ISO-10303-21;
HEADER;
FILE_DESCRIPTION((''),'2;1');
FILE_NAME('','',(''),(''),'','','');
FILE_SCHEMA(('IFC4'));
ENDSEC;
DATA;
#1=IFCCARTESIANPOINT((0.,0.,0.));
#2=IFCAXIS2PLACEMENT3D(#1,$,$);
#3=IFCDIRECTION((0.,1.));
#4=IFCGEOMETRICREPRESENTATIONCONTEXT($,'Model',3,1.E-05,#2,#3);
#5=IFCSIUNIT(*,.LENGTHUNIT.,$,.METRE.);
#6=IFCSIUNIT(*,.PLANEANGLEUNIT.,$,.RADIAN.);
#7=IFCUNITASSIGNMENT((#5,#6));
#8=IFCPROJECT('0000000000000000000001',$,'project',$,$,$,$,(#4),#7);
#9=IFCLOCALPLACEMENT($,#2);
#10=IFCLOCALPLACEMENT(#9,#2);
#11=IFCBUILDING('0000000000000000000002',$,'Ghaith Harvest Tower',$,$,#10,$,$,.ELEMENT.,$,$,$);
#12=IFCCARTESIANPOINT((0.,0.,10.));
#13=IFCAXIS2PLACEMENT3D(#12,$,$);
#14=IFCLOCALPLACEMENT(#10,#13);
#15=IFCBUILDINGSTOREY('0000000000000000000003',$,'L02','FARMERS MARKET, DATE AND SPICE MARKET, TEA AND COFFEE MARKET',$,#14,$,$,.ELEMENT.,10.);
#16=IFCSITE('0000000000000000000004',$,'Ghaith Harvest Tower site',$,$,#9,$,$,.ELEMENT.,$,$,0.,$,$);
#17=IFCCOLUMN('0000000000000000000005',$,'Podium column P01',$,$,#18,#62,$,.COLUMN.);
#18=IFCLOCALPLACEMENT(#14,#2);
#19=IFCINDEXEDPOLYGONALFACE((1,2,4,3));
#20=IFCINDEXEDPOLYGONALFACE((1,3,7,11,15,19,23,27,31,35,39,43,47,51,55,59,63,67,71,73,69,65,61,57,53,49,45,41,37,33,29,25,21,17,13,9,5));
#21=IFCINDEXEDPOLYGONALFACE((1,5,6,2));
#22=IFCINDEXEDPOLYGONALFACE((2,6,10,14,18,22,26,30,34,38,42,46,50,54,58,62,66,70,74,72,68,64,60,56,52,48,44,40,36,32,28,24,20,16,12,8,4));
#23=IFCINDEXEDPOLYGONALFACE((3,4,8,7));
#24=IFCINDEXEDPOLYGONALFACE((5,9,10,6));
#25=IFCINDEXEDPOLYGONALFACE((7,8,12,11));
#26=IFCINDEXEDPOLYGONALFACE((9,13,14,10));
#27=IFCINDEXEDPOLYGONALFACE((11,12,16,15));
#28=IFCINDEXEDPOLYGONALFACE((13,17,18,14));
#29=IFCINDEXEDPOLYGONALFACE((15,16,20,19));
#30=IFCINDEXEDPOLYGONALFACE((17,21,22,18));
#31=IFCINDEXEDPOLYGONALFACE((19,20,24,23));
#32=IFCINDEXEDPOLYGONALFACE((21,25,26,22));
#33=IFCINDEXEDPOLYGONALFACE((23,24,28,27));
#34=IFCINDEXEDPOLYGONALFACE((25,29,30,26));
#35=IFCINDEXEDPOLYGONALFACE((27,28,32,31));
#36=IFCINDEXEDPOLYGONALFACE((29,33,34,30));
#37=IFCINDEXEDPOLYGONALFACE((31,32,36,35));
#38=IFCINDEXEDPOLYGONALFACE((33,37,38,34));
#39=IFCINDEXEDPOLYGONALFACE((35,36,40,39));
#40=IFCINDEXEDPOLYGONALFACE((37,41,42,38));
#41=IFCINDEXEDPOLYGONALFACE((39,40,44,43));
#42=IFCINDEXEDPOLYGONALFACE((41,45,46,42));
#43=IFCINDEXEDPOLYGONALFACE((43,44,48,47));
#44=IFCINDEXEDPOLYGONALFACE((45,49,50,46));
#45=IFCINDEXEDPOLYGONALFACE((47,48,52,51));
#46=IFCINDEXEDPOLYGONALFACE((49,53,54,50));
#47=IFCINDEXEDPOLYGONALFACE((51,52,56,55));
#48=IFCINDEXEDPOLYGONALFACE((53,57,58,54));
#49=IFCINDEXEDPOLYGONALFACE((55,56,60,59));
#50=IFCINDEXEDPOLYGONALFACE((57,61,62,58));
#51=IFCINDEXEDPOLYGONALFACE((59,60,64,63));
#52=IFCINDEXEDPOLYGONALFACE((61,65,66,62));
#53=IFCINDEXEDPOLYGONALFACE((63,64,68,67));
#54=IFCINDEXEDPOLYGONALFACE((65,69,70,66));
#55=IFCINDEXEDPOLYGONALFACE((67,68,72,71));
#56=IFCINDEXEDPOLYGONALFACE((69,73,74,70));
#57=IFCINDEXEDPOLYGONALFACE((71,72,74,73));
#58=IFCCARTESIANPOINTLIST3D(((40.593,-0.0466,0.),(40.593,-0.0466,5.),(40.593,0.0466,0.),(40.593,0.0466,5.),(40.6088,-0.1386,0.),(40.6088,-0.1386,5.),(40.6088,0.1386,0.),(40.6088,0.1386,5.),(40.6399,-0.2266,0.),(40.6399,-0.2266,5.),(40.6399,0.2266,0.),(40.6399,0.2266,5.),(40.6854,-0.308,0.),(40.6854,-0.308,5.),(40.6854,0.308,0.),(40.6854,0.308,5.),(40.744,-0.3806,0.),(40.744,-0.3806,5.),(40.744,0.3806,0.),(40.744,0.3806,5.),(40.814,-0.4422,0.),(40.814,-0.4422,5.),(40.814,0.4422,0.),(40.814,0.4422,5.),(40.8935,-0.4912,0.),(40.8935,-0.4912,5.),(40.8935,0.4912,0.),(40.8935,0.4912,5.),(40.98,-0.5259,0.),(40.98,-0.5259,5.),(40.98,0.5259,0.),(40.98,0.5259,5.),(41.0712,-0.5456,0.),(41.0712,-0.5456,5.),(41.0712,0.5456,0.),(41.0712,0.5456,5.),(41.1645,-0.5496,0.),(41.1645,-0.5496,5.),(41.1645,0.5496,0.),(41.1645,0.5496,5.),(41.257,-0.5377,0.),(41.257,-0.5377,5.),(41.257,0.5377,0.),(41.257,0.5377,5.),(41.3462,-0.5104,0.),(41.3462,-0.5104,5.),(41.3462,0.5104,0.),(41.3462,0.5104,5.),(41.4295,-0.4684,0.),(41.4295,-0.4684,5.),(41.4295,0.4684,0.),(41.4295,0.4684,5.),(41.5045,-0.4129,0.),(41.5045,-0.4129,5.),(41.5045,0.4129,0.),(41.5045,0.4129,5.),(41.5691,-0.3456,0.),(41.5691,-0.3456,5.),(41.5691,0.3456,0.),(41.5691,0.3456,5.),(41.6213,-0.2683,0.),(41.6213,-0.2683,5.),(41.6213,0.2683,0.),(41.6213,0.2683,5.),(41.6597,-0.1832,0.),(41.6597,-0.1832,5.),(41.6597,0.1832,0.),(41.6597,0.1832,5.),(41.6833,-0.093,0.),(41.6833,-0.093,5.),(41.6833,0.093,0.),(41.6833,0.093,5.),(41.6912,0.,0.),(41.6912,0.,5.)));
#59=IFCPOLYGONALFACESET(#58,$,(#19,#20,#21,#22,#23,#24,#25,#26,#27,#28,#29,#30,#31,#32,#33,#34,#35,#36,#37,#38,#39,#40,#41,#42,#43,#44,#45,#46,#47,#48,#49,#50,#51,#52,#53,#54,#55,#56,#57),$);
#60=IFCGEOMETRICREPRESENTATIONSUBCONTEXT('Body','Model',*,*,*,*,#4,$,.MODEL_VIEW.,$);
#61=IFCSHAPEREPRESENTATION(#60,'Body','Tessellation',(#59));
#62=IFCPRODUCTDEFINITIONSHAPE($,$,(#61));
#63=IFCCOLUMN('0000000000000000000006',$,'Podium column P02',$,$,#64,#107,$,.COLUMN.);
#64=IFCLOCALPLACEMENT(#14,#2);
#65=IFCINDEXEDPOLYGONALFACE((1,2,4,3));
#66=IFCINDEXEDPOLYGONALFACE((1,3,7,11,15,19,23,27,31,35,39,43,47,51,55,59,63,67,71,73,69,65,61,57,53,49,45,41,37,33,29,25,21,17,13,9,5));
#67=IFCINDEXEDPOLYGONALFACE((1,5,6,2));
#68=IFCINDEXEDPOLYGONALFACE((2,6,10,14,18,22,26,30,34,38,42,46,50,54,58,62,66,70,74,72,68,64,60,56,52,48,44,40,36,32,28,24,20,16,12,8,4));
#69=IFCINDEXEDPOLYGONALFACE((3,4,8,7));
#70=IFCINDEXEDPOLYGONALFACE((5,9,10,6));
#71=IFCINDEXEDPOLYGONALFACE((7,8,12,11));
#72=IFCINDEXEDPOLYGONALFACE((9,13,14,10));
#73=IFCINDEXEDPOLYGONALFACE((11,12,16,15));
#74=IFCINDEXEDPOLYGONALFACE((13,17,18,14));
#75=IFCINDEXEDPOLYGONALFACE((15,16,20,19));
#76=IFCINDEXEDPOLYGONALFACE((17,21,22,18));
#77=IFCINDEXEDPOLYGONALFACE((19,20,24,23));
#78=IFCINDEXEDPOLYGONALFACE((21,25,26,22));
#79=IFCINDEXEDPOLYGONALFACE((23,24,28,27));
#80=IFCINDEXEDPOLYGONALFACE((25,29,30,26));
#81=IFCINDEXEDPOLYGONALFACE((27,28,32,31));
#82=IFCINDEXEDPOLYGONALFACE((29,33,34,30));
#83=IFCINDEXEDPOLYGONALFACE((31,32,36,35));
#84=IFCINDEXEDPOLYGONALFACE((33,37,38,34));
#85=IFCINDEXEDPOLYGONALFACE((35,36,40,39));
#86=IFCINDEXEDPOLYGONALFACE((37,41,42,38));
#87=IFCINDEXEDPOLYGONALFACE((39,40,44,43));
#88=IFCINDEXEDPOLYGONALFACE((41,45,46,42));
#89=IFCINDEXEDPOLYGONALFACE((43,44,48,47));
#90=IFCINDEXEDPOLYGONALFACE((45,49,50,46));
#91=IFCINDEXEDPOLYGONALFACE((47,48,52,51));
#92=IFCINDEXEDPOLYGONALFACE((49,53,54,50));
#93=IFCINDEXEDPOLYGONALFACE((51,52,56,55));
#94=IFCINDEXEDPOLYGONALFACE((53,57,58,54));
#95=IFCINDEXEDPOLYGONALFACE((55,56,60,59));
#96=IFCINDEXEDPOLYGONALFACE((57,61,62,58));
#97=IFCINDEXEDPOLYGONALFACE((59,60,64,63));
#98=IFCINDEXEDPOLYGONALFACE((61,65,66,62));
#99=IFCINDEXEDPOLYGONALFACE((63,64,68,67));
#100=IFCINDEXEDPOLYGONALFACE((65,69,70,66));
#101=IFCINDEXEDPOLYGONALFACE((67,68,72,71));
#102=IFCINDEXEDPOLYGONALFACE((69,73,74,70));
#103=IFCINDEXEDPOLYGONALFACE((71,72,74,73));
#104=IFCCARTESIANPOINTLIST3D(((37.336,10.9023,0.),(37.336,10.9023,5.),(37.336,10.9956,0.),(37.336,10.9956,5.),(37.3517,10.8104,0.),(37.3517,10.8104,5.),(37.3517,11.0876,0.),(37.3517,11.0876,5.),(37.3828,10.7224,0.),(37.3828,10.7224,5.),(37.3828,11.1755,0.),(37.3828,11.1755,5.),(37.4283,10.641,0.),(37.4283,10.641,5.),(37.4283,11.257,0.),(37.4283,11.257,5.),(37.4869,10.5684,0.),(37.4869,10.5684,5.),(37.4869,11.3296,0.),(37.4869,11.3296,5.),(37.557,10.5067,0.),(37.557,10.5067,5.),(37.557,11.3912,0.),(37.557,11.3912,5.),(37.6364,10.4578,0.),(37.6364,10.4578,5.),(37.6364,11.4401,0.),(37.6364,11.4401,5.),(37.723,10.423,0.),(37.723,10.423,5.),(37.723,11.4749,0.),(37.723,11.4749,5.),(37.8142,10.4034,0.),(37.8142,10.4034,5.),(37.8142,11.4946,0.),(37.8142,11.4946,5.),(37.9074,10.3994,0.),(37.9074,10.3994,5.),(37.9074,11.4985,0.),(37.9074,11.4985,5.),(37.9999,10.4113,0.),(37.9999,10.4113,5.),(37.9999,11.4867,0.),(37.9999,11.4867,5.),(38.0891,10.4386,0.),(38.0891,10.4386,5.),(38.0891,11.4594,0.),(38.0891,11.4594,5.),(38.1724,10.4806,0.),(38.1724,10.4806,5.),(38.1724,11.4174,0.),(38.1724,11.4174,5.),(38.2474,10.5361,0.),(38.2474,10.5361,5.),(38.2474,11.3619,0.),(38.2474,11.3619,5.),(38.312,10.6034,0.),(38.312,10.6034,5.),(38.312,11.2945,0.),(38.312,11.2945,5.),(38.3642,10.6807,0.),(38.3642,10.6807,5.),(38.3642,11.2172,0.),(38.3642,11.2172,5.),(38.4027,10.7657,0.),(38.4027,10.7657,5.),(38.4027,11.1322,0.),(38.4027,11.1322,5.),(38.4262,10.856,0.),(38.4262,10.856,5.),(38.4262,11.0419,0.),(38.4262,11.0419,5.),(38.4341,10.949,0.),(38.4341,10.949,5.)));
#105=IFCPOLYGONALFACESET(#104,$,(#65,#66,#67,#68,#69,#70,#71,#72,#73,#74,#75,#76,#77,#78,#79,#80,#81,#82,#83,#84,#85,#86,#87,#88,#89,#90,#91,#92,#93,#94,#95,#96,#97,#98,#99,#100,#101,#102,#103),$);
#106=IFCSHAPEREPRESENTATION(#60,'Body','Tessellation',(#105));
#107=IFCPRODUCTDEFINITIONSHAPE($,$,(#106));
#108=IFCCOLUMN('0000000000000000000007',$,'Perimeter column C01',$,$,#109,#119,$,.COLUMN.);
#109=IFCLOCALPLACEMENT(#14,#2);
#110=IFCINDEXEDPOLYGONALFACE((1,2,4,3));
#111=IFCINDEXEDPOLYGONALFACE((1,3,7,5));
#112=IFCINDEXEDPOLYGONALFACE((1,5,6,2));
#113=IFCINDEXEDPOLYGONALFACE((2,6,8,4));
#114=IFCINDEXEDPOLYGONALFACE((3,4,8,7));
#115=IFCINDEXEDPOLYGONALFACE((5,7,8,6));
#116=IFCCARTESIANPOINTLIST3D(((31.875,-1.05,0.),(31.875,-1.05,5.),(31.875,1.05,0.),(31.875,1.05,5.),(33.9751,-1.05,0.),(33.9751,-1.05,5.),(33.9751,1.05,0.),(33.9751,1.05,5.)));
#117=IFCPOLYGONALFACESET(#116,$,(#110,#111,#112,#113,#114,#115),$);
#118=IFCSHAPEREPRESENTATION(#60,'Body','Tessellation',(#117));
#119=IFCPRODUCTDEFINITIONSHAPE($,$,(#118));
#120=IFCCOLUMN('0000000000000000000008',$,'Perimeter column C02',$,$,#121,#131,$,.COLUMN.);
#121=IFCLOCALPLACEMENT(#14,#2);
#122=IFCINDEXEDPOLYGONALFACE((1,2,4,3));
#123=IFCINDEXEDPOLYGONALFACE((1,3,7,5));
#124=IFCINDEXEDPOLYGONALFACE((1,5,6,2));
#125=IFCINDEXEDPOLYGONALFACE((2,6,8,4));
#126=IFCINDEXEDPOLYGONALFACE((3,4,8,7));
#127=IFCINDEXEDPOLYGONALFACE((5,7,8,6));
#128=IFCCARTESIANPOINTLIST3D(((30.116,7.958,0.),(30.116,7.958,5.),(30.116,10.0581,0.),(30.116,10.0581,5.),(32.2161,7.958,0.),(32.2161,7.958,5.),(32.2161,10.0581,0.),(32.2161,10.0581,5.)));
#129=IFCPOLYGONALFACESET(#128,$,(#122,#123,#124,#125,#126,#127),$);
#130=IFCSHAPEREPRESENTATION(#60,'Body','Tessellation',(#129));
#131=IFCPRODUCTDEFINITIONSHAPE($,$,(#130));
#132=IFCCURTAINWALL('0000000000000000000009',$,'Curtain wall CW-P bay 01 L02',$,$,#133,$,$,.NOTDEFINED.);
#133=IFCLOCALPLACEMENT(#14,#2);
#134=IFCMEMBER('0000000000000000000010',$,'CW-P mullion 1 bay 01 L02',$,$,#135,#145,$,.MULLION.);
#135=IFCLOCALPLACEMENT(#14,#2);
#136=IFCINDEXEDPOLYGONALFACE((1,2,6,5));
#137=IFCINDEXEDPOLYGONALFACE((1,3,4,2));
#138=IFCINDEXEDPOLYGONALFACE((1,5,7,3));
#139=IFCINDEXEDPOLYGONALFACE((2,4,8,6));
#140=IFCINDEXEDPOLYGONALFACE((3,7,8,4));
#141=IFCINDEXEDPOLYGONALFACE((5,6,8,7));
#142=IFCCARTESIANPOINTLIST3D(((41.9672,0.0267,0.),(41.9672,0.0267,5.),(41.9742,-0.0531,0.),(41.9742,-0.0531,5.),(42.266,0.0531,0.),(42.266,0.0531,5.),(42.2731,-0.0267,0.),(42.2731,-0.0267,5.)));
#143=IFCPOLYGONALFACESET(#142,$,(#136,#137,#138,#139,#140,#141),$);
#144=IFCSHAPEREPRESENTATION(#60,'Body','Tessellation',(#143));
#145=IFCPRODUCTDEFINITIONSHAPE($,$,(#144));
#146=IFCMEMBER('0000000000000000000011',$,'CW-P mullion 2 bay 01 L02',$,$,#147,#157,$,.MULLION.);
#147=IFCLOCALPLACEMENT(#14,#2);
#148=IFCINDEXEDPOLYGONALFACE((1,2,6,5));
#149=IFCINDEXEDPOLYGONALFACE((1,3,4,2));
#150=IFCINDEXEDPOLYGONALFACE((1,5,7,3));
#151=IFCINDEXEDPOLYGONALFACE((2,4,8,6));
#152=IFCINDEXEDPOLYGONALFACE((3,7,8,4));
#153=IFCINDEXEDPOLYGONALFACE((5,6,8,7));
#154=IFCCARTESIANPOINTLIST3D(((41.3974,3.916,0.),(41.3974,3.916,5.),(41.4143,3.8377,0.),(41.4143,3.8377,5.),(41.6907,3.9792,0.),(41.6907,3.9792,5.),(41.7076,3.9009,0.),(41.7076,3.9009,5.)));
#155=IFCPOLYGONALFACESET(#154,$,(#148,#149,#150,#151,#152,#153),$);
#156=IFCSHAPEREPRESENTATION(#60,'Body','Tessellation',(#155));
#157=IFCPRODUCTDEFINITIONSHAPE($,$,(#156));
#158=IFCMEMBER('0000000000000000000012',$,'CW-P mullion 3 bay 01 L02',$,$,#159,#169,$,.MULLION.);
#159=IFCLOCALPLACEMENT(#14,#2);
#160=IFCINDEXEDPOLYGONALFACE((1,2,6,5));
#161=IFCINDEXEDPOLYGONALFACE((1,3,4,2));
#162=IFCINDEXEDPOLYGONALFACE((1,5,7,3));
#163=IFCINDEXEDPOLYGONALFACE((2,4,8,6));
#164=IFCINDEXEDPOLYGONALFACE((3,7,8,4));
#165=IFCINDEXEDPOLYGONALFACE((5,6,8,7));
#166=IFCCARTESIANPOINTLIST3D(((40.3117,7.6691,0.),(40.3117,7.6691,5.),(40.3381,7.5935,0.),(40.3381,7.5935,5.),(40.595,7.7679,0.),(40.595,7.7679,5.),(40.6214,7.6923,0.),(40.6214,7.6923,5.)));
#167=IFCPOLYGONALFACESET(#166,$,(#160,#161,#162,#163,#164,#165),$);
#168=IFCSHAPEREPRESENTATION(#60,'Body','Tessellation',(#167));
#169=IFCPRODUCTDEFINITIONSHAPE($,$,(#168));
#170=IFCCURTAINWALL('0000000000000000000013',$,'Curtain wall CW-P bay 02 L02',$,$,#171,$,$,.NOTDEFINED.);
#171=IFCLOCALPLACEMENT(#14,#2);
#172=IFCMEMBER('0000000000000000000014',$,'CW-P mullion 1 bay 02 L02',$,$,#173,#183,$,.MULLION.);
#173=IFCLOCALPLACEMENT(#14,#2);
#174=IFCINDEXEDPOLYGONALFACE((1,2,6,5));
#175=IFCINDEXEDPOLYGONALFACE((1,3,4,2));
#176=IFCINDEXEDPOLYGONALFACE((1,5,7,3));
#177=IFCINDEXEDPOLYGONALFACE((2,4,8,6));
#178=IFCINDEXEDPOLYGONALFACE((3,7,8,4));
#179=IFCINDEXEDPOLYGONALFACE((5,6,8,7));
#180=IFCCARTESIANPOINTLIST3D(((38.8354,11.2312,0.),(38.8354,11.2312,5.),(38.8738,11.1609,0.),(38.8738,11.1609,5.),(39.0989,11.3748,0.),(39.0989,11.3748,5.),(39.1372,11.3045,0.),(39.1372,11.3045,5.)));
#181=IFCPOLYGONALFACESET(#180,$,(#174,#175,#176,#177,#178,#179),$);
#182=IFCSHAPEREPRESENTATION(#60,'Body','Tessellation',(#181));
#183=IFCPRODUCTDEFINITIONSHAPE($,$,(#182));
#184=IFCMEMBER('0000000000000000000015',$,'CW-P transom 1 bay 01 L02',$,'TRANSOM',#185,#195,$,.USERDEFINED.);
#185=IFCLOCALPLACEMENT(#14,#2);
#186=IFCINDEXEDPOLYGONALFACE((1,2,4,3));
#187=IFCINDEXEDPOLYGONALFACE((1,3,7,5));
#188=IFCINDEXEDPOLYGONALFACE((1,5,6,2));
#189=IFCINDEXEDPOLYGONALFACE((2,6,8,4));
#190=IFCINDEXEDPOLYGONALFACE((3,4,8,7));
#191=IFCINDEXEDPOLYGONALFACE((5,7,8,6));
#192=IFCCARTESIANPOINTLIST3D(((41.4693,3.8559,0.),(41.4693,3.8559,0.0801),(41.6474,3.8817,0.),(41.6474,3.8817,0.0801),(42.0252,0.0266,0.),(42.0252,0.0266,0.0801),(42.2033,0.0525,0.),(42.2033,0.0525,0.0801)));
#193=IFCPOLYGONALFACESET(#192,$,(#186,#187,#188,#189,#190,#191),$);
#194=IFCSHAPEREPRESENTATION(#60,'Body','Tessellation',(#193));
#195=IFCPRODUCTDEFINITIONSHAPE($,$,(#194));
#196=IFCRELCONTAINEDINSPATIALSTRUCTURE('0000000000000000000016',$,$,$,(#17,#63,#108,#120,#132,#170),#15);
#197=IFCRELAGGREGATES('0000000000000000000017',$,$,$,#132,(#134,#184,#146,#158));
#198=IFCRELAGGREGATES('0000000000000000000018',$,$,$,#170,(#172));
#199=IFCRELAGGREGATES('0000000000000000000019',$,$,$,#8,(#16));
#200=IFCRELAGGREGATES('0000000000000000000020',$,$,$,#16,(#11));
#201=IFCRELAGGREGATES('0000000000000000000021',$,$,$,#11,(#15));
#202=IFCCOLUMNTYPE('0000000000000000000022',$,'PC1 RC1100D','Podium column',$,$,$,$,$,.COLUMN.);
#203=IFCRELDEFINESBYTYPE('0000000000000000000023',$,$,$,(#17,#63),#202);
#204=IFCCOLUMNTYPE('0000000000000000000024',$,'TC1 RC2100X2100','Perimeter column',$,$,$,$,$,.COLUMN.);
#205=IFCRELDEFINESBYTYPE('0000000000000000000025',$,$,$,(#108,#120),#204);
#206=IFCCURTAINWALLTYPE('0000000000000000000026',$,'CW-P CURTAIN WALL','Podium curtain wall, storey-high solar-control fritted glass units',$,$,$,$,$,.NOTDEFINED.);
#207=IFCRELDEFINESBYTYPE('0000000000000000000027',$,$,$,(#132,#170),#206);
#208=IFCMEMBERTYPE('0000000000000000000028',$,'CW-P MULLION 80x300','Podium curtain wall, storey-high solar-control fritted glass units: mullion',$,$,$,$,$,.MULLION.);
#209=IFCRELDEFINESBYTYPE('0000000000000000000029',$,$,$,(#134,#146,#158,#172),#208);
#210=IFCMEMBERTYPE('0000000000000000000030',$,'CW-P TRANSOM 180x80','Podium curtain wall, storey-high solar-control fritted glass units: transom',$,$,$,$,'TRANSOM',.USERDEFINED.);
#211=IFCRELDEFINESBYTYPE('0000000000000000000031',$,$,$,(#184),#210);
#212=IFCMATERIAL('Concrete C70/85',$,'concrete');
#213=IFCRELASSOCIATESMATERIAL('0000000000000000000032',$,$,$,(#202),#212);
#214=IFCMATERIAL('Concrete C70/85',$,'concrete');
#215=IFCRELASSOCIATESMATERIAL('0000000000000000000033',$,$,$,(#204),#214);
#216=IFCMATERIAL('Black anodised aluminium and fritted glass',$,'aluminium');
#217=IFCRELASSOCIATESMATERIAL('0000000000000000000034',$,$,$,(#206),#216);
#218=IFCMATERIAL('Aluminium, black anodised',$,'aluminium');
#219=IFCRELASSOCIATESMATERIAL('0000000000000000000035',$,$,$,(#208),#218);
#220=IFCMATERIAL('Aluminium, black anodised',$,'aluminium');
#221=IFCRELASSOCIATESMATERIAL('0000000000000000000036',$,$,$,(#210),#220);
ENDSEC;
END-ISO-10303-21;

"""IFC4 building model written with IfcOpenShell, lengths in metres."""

from ifc_helpers import new_model, si_unit, direction, frame, origin, origin_2d, place, context, subcontext, project, spatial, rectangle, circle, extrude, material, material_profile, profile_set, type_object, element, aggregate, save


model = new_model("IFC4")

# Units and contexts
model_context = context("Model", 3, precision=1e-05, world=origin(), true_north=direction((0.0, 1.0)))
body_context = subcontext(model_context, "Body", "Model", "MODEL_VIEW")
ifc_project = project(units=[si_unit("LENGTHUNIT", "METRE"), si_unit("PLANEANGLEUNIT", "RADIAN")], contexts=[model_context])

# Site, building, storey
site_placement = place(None, origin())
site = spatial("IfcSite", under=ifc_project, at=site_placement, Name="Ghaith Harvest Tower site", CompositionType="ELEMENT", RefElevation=0.0)
building_placement = place(site_placement, origin())
building = spatial("IfcBuilding", under=site, at=building_placement, Name="Ghaith Harvest Tower", CompositionType="ELEMENT")
storey_placement = place(building_placement, frame((0.0, 0.0, 10.0)))
storey = spatial("IfcBuildingStorey", under=building, at=storey_placement, Name="L02", Description="FARMERS MARKET, DATE AND SPICE MARKET, TEA AND COFFEE MARKET", CompositionType="ELEMENT", Elevation=10.0)

# Columns
ifc_material_1 = material(Name="Concrete C70/85", Category="concrete")
ifc_material_profile_1 = material_profile(ifc_material_1, circle(Radius=0.55, at=origin_2d()), Name="RC1100D")
ifc_profile_set_1 = profile_set([ifc_material_profile_1], Name="Concrete C70/85")
column_type_1 = type_object("IfcColumnType", Name="PC1 RC1100D", Description="Podium column", PredefinedType="COLUMN", material=ifc_profile_set_1)
for number, where, z_axis, x_axis, name in (
    (1, (41.1411, 0.0, 0.0), (0.0, 0.0, 1.0), (1.0, 0.0, 0.0), "Podium column P01"),
    (2, (37.884, 10.949, 0.0), (0.0, 0.0, 1.0), (1.0, 0.0, 0.0), "Podium column P02"),
):
    element("IfcColumn", number, at=place(storey_placement, frame(where, z_axis=z_axis, x_axis=x_axis)), inside=storey, type_object=column_type_1, Name=name, PredefinedType="COLUMN", context=body_context, shape_type="SweptSolid", body=[
        extrude(circle(Radius=0.55, at=origin_2d()), origin(), (0.0, 0.0, 1.0), 5.0),
    ])
ifc_material_2 = material(Name="Concrete C70/85", Category="concrete")
ifc_material_profile_2 = material_profile(ifc_material_2, rectangle(XDim=2.1001, YDim=2.1001, at=origin_2d()), Name="RC2100X2100")
ifc_profile_set_2 = profile_set([ifc_material_profile_2], Name="Concrete C70/85")
column_type_2 = type_object("IfcColumnType", Name="TC1 RC2100X2100", Description="Perimeter column", PredefinedType="COLUMN", material=ifc_profile_set_2)
for number, where, z_axis, x_axis, name in (
    (3, (32.925, 0.0, 0.0), (0.0, 0.0, 1.0), (1.0, 0.0, 0.0), "Perimeter column C01"),
    (4, (31.166, 9.0081, 0.0), (0.0, 0.0, 1.0), (1.0, 0.0, 0.0), "Perimeter column C02"),
):
    element("IfcColumn", number, at=place(storey_placement, frame(where, z_axis=z_axis, x_axis=x_axis)), inside=storey, type_object=column_type_2, Name=name, PredefinedType="COLUMN", context=body_context, shape_type="SweptSolid", body=[
        extrude(rectangle(XDim=2.1001, YDim=2.1001, at=origin_2d()), origin(), (0.0, 0.0, 1.0), 5.0),
    ])

# Curtain wall, members
ifc_material_3 = material(Name="Black anodised aluminium and fritted glass", Category="aluminium")
curtain_wall_type = type_object("IfcCurtainWallType", Name="CW-P CURTAIN WALL", Description="Podium curtain wall, storey-high solar-control fritted glass units", PredefinedType="NOTDEFINED", material=ifc_material_3)
curtain_wall_1_placement = place(storey_placement, origin())
curtain_wall_1 = element("IfcCurtainWall", 5, at=curtain_wall_1_placement, inside=storey, type_object=curtain_wall_type, Name="Curtain wall CW-P bay 01 L02", PredefinedType="NOTDEFINED")
ifc_material_4 = material(Name="Aluminium, black anodised", Category="aluminium")
ifc_material_profile_3 = material_profile(ifc_material_4, rectangle(XDim=0.0801, YDim=0.3, at=origin_2d()), Name="CW-P MULLION 80x300")
ifc_profile_set_3 = profile_set([ifc_material_profile_3], Name="Aluminium, black anodised")
member_type_1 = type_object("IfcMemberType", Name="CW-P MULLION 80x300", Description="Podium curtain wall, storey-high solar-control fritted glass units: mullion", PredefinedType="MULLION", material=ifc_profile_set_3)
member_1_placement = place(storey_placement, frame((42.1201, 0.0, 0.0), z_axis=(0.0, 0.0, 1.0), x_axis=(-0.087962, 0.996124, 0.0)))
member_1 = element("IfcMember", 6, at=member_1_placement, type_object=member_type_1, Name="CW-P mullion 1 bay 01 L02", PredefinedType="MULLION", context=body_context, shape_type="SweptSolid", body=[
    extrude(rectangle(XDim=0.0801, YDim=0.3, at=origin_2d()), origin(), (0.0, 0.0, 1.0), 5.0),
])
member_2_placement = place(storey_placement, frame((41.5525, 3.9084, 0.0), z_axis=(0.0, 0.0, 1.0), x_axis=(-0.210455, 0.977603, 0.0)))
member_2 = element("IfcMember", 7, at=member_2_placement, type_object=member_type_1, Name="CW-P mullion 2 bay 01 L02", PredefinedType="MULLION", context=body_context, shape_type="SweptSolid", body=[
    extrude(rectangle(XDim=0.0801, YDim=0.3, at=origin_2d()), origin(), (0.0, 0.0, 1.0), 5.0),
])
member_3_placement = place(storey_placement, frame((40.4666, 7.6807, 0.0), z_axis=(0.0, 0.0, 1.0), x_axis=(-0.329259, 0.94424, 0.0)))
member_3 = element("IfcMember", 8, at=member_3_placement, type_object=member_type_1, Name="CW-P mullion 3 bay 01 L02", PredefinedType="MULLION", context=body_context, shape_type="SweptSolid", body=[
    extrude(rectangle(XDim=0.0801, YDim=0.3, at=origin_2d()), origin(), (0.0, 0.0, 1.0), 5.0),
])

# Curtain wall, member
curtain_wall_2_placement = place(storey_placement, origin())
curtain_wall_2 = element("IfcCurtainWall", 9, at=curtain_wall_2_placement, inside=storey, type_object=curtain_wall_type, Name="Curtain wall CW-P bay 02 L02", PredefinedType="NOTDEFINED")
member_4_placement = place(storey_placement, frame((38.9863, 11.2678, 0.0), z_axis=(0.0, 0.0, 1.0), x_axis=(-0.478503, 0.878086, 0.0)))
member_4 = element("IfcMember", 10, at=member_4_placement, type_object=member_type_1, Name="CW-P mullion 1 bay 02 L02", PredefinedType="MULLION", context=body_context, shape_type="SweptSolid", body=[
    extrude(rectangle(XDim=0.0801, YDim=0.3, at=origin_2d()), origin(), (0.0, 0.0, 1.0), 5.0),
])

# Member
ifc_material_5 = material(Name="Aluminium, black anodised", Category="aluminium")
ifc_material_profile_4 = material_profile(ifc_material_5, rectangle(XDim=0.1799, YDim=0.0801, at=origin_2d()), Name="CW-P TRANSOM 180x80")
ifc_profile_set_4 = profile_set([ifc_material_profile_4], Name="Aluminium, black anodised")
member_type_2 = type_object("IfcMemberType", Name="CW-P TRANSOM 180x80", Description="Podium curtain wall, storey-high solar-control fritted glass units: transom", ElementType="TRANSOM", PredefinedType="USERDEFINED", material=ifc_profile_set_4)
member_5_placement = place(storey_placement, frame((42.1143, 0.0396, 0.04), z_axis=(-0.143665, 0.989626, 0.0), x_axis=(-0.989626, -0.143665, 0.0)))
member_5 = element("IfcMember", 11, at=member_5_placement, type_object=member_type_2, Name="CW-P transom 1 bay 01 L02", ObjectType="TRANSOM", PredefinedType="USERDEFINED", context=body_context, shape_type="SweptSolid", body=[
    extrude(rectangle(XDim=0.1799, YDim=0.0801, at=origin_2d()), origin(), (0.0, 0.0, 1.0), 3.8694),
])

aggregate(curtain_wall_1, [member_1, member_5, member_2, member_3])
aggregate(curtain_wall_2, [member_4])

save(model, "model.ifc")
